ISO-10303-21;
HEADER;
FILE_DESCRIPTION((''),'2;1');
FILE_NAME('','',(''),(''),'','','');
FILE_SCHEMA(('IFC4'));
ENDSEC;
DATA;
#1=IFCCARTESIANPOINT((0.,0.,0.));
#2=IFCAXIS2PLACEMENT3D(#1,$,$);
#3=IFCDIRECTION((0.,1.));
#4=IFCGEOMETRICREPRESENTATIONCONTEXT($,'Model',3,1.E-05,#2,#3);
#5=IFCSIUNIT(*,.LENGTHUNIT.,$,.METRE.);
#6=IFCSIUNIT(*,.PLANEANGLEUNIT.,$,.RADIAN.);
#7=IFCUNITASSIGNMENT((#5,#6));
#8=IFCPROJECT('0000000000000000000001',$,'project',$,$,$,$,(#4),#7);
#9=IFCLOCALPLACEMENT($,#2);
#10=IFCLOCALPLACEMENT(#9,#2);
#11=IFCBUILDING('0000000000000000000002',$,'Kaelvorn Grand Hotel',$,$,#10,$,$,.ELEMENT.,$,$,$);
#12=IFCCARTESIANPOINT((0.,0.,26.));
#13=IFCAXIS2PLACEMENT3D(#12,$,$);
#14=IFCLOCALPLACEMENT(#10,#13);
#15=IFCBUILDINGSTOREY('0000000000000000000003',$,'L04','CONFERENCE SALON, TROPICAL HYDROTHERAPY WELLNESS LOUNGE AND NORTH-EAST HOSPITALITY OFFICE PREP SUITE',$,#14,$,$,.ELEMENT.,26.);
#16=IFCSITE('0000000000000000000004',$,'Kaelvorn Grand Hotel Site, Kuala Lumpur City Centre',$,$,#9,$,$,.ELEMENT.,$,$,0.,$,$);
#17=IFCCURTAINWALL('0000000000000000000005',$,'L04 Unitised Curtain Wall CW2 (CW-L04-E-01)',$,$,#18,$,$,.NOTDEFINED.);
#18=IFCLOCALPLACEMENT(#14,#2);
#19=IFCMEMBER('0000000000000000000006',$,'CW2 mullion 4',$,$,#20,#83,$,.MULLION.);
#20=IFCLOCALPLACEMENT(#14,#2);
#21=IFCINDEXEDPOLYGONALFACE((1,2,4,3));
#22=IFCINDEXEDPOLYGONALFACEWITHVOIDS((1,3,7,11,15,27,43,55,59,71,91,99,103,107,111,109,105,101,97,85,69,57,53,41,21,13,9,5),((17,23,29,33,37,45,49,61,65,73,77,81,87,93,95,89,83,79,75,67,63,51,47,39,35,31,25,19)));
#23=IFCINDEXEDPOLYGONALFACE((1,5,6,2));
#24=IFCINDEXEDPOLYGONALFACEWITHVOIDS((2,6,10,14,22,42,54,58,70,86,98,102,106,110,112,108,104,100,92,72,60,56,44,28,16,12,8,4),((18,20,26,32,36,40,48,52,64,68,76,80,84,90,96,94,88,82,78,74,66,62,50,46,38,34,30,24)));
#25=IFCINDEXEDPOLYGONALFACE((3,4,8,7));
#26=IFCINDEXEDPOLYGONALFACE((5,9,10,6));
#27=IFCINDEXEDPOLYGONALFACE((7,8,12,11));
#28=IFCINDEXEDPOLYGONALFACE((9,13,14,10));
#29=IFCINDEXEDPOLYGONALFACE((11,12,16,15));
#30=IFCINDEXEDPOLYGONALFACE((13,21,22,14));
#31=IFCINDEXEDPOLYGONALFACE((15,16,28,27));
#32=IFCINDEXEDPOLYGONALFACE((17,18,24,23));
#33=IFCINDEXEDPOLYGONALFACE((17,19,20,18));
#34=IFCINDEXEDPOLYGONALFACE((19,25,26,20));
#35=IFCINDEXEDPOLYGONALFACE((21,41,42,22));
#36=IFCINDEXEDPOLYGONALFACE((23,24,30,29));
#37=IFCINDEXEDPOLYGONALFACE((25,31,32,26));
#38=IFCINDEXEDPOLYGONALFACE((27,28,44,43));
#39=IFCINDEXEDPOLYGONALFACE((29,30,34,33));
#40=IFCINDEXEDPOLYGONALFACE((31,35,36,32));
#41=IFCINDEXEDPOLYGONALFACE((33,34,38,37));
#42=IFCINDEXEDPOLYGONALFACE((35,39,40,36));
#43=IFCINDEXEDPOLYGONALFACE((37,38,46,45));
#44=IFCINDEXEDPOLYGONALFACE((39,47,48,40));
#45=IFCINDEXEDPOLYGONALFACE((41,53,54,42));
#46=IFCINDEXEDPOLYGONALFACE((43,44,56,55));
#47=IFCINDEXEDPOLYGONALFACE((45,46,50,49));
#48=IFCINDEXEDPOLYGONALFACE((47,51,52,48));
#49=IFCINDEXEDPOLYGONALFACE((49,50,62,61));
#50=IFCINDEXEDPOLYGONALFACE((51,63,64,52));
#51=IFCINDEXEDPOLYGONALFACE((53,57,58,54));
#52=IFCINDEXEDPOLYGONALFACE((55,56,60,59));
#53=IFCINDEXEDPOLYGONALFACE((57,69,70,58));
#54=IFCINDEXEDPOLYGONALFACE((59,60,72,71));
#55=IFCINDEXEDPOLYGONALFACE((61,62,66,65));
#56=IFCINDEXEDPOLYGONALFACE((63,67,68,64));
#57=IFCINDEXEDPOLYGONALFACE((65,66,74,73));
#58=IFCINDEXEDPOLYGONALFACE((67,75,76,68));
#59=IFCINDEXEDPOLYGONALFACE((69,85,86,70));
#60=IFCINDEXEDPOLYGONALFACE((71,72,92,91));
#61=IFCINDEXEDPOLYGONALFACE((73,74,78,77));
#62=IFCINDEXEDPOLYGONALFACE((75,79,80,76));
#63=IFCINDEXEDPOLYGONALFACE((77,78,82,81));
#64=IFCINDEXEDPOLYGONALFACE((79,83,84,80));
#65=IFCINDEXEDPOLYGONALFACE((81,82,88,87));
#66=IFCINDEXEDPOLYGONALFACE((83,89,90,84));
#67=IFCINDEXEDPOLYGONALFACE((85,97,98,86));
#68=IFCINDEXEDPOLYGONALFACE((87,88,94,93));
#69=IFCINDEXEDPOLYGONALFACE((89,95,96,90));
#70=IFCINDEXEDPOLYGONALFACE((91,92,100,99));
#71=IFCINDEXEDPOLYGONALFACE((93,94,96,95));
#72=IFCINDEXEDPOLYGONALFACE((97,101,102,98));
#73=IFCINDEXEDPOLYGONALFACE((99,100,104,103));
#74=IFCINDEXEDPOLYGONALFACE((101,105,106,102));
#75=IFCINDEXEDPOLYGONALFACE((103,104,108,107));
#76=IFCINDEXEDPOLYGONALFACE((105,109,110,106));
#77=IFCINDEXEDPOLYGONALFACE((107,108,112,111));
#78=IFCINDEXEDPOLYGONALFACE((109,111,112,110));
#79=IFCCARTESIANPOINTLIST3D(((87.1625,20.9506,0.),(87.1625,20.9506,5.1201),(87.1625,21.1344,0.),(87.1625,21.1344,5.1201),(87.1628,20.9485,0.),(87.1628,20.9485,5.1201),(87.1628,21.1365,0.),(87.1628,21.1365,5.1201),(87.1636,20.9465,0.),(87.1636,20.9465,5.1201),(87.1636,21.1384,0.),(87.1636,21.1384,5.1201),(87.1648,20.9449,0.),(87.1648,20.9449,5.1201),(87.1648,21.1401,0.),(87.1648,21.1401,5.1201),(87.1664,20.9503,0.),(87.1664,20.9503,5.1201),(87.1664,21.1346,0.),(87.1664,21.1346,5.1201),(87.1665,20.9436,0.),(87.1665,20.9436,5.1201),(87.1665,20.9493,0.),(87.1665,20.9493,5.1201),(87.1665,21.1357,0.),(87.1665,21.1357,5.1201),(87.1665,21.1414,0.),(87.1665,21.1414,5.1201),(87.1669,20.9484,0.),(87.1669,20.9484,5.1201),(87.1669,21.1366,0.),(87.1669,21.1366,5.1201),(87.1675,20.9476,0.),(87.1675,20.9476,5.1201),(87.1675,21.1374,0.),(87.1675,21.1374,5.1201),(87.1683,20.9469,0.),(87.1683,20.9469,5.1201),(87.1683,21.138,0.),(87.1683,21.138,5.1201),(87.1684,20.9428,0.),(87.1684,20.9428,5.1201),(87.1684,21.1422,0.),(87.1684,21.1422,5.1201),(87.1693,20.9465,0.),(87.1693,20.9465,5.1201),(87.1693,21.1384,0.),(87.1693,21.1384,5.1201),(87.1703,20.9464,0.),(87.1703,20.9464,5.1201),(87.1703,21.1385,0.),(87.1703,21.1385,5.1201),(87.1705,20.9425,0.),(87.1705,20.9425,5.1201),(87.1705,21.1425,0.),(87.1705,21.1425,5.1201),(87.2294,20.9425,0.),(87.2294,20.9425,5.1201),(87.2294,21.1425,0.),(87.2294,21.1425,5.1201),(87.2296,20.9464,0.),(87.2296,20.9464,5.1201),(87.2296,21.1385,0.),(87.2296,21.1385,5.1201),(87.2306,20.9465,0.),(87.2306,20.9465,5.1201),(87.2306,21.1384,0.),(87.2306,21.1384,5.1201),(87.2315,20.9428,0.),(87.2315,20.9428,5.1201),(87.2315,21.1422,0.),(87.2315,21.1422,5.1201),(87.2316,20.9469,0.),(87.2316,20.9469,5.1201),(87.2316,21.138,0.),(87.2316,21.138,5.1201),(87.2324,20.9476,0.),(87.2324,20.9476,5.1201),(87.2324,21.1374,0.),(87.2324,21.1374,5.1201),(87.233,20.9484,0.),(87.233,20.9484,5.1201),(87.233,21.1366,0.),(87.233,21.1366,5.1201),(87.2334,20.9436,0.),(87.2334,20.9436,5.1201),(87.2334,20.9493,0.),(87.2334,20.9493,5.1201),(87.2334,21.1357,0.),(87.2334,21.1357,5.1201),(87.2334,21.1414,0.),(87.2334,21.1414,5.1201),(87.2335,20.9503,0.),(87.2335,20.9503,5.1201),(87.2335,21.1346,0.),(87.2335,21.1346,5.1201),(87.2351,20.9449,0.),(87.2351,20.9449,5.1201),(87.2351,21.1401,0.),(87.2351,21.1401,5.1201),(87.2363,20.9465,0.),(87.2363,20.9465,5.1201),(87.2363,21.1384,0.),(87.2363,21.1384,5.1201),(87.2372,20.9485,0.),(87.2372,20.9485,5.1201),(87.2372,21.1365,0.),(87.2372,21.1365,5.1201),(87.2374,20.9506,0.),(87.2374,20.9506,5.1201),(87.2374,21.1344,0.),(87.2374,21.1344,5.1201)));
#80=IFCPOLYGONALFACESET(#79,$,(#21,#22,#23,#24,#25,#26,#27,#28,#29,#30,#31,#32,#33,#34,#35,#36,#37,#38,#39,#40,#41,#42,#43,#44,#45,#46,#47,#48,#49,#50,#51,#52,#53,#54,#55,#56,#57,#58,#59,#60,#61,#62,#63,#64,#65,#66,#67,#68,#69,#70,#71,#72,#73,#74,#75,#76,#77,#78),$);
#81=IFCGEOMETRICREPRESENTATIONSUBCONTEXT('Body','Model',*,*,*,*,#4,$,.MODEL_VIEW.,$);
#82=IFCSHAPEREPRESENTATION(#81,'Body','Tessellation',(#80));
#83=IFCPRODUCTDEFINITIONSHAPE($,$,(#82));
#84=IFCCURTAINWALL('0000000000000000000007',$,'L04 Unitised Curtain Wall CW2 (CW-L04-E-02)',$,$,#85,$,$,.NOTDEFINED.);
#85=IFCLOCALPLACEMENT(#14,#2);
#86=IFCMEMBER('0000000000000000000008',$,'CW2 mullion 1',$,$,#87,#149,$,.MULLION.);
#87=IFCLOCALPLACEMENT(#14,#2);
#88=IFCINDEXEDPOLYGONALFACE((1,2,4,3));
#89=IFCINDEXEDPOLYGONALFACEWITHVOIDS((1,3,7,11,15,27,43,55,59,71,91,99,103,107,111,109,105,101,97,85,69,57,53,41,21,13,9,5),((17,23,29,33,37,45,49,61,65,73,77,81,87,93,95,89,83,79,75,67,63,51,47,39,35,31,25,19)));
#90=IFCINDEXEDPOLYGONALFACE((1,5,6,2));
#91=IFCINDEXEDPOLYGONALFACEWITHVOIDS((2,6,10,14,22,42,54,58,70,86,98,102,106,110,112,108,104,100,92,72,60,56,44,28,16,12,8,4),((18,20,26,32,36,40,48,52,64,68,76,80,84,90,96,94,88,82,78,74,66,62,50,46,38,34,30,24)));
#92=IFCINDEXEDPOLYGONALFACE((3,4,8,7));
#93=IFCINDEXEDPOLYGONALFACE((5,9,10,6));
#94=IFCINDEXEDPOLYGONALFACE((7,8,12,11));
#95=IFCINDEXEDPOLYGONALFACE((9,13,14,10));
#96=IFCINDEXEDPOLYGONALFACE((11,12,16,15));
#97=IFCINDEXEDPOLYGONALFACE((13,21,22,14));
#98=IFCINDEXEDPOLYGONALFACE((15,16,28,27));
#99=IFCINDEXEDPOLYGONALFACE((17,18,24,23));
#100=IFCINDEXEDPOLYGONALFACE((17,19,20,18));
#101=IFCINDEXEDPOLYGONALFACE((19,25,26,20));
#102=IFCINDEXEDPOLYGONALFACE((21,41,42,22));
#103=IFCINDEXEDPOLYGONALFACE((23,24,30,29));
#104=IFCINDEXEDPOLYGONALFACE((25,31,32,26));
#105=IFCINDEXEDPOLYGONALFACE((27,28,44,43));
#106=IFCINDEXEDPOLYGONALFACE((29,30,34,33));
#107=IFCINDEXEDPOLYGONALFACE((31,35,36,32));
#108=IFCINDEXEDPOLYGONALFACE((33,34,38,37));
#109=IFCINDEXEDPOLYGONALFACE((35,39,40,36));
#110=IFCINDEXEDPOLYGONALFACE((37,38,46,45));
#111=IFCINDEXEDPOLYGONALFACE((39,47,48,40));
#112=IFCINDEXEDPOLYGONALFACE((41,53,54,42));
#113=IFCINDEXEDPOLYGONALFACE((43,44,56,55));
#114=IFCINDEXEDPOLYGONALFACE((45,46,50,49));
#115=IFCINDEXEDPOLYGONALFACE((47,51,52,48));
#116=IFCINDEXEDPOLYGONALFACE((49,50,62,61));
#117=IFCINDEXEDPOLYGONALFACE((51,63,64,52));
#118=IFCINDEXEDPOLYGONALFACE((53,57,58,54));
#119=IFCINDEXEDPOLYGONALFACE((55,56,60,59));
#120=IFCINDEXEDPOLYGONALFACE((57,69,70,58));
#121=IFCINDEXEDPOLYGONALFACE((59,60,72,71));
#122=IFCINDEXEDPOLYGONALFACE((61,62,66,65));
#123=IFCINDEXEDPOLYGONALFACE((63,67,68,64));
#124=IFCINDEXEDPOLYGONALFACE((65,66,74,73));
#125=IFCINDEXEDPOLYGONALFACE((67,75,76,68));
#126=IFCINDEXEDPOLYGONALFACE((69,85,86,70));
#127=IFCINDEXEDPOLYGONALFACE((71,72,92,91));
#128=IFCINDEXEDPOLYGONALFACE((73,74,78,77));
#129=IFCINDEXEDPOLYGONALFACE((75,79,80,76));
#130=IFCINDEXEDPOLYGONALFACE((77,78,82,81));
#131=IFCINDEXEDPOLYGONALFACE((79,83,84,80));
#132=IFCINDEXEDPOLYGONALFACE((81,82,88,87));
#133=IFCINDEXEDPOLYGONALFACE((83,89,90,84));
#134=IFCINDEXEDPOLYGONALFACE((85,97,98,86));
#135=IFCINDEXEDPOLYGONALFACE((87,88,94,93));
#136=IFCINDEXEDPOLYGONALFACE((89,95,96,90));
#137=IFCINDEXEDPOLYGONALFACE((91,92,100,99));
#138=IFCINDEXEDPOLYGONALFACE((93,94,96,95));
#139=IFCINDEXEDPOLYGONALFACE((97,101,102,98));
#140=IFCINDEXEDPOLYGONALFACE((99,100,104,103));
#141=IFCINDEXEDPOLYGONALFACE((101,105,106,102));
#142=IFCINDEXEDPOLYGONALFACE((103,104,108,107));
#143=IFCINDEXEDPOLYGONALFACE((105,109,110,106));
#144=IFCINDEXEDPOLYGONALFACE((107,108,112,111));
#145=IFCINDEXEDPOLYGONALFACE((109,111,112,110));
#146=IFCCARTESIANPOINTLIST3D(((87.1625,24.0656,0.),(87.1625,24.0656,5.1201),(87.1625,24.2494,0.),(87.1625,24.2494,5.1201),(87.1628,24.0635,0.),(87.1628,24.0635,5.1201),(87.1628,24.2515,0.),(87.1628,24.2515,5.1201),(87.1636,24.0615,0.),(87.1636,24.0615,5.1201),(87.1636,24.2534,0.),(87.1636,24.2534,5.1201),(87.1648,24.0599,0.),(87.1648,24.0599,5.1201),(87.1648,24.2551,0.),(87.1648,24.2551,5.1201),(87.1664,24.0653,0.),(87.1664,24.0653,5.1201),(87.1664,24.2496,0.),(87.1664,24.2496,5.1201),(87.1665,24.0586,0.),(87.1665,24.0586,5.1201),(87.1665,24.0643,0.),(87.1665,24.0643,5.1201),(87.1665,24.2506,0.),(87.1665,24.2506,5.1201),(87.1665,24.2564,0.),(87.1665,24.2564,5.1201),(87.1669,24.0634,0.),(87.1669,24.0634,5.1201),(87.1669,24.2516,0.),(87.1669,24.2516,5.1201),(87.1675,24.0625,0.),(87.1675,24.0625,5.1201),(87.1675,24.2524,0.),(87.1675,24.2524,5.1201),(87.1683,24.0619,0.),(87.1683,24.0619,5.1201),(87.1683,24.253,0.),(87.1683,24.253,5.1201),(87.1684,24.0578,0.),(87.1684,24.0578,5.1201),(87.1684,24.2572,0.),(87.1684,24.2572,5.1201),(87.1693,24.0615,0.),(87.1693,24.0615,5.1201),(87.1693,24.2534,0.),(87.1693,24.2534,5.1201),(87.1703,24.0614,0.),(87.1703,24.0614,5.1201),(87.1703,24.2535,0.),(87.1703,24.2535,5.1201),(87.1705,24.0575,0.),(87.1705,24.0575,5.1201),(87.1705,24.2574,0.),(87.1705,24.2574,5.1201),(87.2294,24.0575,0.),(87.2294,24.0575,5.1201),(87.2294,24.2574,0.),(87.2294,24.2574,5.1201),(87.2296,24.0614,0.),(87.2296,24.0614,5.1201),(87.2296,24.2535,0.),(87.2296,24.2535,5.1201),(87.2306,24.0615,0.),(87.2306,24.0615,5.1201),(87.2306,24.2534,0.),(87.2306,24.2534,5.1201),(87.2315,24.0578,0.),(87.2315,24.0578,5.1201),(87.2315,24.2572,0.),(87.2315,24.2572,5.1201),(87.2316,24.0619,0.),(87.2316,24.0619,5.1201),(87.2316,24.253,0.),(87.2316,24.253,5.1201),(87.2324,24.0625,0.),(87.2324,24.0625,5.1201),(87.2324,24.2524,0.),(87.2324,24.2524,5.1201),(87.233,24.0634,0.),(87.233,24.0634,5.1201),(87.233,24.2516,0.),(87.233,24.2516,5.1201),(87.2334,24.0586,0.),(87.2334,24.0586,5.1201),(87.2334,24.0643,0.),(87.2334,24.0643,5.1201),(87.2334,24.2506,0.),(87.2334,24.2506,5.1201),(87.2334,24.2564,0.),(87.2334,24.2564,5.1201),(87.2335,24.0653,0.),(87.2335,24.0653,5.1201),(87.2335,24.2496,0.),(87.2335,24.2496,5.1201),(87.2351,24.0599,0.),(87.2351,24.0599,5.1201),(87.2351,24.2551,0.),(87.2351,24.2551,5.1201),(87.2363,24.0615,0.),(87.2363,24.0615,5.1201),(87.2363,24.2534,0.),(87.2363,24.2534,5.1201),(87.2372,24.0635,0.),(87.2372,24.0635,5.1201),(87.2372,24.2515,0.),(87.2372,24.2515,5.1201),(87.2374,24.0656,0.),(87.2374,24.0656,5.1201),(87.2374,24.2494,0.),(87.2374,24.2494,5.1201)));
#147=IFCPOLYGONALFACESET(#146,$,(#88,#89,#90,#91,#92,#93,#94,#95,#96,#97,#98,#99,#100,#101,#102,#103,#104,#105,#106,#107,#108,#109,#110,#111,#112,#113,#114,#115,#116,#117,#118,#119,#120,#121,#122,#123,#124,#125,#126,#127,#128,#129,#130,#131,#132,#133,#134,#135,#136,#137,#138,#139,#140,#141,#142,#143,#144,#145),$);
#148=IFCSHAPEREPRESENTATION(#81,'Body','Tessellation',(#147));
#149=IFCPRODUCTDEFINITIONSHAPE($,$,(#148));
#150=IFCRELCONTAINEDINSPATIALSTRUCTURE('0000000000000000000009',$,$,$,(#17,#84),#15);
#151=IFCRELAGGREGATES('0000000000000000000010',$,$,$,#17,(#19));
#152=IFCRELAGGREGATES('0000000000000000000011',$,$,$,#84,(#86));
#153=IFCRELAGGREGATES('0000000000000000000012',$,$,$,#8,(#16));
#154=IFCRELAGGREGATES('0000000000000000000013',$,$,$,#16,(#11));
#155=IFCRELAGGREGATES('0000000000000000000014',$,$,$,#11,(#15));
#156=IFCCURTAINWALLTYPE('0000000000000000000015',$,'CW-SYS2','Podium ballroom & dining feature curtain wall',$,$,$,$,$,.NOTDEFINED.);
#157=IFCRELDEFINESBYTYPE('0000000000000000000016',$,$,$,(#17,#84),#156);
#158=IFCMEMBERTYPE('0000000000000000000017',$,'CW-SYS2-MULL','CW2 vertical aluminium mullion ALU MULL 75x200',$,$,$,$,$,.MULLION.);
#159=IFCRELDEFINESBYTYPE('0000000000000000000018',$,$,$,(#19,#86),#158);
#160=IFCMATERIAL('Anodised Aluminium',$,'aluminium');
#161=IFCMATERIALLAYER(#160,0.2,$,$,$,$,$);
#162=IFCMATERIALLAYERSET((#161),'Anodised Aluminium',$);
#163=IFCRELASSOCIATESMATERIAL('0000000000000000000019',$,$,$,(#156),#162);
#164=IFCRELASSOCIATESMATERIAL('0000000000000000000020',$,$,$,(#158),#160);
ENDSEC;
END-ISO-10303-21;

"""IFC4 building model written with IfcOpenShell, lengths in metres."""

from ifc_helpers import new_model, si_unit, direction, frame, origin, origin_2d, place, context, subcontext, project, spatial, hollow_rectangle, extrude, material, layer, layer_set, material_profile, profile_set, type_object, element, aggregate, save


model = new_model("IFC4")

# Units and contexts
model_context = context("Model", 3, precision=1e-05, world=origin(), true_north=direction((0.0, 1.0)))
body_context = subcontext(model_context, "Body", "Model", "MODEL_VIEW")
ifc_project = project(units=[si_unit("LENGTHUNIT", "METRE"), si_unit("PLANEANGLEUNIT", "RADIAN")], contexts=[model_context])

# Site, building, storey
site_placement = place(None, origin())
site = spatial("IfcSite", under=ifc_project, at=site_placement, Name="Kaelvorn Grand Hotel Site, Kuala Lumpur City Centre", CompositionType="ELEMENT", RefElevation=0.0)
building_placement = place(site_placement, origin())
building = spatial("IfcBuilding", under=site, at=building_placement, Name="Kaelvorn Grand Hotel", CompositionType="ELEMENT")
storey_placement = place(building_placement, frame((0.0, 0.0, 26.0)))
storey = spatial("IfcBuildingStorey", under=building, at=storey_placement, Name="L04", Description="CONFERENCE SALON, TROPICAL HYDROTHERAPY WELLNESS LOUNGE AND NORTH-EAST HOSPITALITY OFFICE PREP SUITE", CompositionType="ELEMENT", Elevation=26.0)

# Curtain wall, member
ifc_material_1 = material(Name="Anodised Aluminium", Category="aluminium")
ifc_layer_1 = layer(ifc_material_1, 0.2)
ifc_layer_set_1 = layer_set([ifc_layer_1], Name="Anodised Aluminium")
curtain_wall_type = type_object("IfcCurtainWallType", Name="CW-SYS2", Description="Podium ballroom & dining feature curtain wall", PredefinedType="NOTDEFINED", material=ifc_layer_set_1)
curtain_wall_1_placement = place(storey_placement, origin())
curtain_wall_1 = element("IfcCurtainWall", 1, at=curtain_wall_1_placement, inside=storey, type_object=curtain_wall_type, Name="L04 Unitised Curtain Wall CW2 (CW-L04-E-01)", PredefinedType="NOTDEFINED")
ifc_material_profile_1 = material_profile(ifc_material_1, hollow_rectangle(XDim=0.075, YDim=0.2, WallThickness=0.0039, InnerFilletRadius=0.0039, OuterFilletRadius=0.0081, at=origin_2d()), Name="ALU MULL 75x200")
ifc_profile_set_1 = profile_set([ifc_material_profile_1], Name="Anodised Aluminium")
member_type_1 = type_object("IfcMemberType", Name="CW-SYS2-MULL", Description="CW2 vertical aluminium mullion ALU MULL 75x200", PredefinedType="MULLION", material=ifc_profile_set_1)
member_1_placement = place(storey_placement, frame((87.2, 21.0425, 0.0), z_axis=(0.0, 0.0, 1.0), x_axis=(-1.0, 0.0, 0.0)))
member_1 = element("IfcMember", 2, at=member_1_placement, type_object=member_type_1, Name="CW2 mullion 4", PredefinedType="MULLION", context=body_context, shape_type="SweptSolid", body=[
    extrude(hollow_rectangle(XDim=0.075, YDim=0.2, WallThickness=0.0039, InnerFilletRadius=0.0039, OuterFilletRadius=0.0081, at=origin_2d()), origin(), (0.0, 0.0, 1.0), 5.1201),
])

# Curtain wall, member
curtain_wall_2_placement = place(storey_placement, origin())
curtain_wall_2 = element("IfcCurtainWall", 3, at=curtain_wall_2_placement, inside=storey, type_object=curtain_wall_type, Name="L04 Unitised Curtain Wall CW2 (CW-L04-E-02)", PredefinedType="NOTDEFINED")
member_2_placement = place(storey_placement, frame((87.2, 24.1575, 0.0), z_axis=(0.0, 0.0, 1.0), x_axis=(-1.0, 0.0, 0.0)))
member_2 = element("IfcMember", 4, at=member_2_placement, type_object=member_type_1, Name="CW2 mullion 1", PredefinedType="MULLION", context=body_context, shape_type="SweptSolid", body=[
    extrude(hollow_rectangle(XDim=0.075, YDim=0.2, WallThickness=0.0039, InnerFilletRadius=0.0039, OuterFilletRadius=0.0081, at=origin_2d()), origin(), (0.0, 0.0, 1.0), 5.1201),
])

aggregate(curtain_wall_1, [member_1])
aggregate(curtain_wall_2, [member_2])

save(model, "model.ifc")
